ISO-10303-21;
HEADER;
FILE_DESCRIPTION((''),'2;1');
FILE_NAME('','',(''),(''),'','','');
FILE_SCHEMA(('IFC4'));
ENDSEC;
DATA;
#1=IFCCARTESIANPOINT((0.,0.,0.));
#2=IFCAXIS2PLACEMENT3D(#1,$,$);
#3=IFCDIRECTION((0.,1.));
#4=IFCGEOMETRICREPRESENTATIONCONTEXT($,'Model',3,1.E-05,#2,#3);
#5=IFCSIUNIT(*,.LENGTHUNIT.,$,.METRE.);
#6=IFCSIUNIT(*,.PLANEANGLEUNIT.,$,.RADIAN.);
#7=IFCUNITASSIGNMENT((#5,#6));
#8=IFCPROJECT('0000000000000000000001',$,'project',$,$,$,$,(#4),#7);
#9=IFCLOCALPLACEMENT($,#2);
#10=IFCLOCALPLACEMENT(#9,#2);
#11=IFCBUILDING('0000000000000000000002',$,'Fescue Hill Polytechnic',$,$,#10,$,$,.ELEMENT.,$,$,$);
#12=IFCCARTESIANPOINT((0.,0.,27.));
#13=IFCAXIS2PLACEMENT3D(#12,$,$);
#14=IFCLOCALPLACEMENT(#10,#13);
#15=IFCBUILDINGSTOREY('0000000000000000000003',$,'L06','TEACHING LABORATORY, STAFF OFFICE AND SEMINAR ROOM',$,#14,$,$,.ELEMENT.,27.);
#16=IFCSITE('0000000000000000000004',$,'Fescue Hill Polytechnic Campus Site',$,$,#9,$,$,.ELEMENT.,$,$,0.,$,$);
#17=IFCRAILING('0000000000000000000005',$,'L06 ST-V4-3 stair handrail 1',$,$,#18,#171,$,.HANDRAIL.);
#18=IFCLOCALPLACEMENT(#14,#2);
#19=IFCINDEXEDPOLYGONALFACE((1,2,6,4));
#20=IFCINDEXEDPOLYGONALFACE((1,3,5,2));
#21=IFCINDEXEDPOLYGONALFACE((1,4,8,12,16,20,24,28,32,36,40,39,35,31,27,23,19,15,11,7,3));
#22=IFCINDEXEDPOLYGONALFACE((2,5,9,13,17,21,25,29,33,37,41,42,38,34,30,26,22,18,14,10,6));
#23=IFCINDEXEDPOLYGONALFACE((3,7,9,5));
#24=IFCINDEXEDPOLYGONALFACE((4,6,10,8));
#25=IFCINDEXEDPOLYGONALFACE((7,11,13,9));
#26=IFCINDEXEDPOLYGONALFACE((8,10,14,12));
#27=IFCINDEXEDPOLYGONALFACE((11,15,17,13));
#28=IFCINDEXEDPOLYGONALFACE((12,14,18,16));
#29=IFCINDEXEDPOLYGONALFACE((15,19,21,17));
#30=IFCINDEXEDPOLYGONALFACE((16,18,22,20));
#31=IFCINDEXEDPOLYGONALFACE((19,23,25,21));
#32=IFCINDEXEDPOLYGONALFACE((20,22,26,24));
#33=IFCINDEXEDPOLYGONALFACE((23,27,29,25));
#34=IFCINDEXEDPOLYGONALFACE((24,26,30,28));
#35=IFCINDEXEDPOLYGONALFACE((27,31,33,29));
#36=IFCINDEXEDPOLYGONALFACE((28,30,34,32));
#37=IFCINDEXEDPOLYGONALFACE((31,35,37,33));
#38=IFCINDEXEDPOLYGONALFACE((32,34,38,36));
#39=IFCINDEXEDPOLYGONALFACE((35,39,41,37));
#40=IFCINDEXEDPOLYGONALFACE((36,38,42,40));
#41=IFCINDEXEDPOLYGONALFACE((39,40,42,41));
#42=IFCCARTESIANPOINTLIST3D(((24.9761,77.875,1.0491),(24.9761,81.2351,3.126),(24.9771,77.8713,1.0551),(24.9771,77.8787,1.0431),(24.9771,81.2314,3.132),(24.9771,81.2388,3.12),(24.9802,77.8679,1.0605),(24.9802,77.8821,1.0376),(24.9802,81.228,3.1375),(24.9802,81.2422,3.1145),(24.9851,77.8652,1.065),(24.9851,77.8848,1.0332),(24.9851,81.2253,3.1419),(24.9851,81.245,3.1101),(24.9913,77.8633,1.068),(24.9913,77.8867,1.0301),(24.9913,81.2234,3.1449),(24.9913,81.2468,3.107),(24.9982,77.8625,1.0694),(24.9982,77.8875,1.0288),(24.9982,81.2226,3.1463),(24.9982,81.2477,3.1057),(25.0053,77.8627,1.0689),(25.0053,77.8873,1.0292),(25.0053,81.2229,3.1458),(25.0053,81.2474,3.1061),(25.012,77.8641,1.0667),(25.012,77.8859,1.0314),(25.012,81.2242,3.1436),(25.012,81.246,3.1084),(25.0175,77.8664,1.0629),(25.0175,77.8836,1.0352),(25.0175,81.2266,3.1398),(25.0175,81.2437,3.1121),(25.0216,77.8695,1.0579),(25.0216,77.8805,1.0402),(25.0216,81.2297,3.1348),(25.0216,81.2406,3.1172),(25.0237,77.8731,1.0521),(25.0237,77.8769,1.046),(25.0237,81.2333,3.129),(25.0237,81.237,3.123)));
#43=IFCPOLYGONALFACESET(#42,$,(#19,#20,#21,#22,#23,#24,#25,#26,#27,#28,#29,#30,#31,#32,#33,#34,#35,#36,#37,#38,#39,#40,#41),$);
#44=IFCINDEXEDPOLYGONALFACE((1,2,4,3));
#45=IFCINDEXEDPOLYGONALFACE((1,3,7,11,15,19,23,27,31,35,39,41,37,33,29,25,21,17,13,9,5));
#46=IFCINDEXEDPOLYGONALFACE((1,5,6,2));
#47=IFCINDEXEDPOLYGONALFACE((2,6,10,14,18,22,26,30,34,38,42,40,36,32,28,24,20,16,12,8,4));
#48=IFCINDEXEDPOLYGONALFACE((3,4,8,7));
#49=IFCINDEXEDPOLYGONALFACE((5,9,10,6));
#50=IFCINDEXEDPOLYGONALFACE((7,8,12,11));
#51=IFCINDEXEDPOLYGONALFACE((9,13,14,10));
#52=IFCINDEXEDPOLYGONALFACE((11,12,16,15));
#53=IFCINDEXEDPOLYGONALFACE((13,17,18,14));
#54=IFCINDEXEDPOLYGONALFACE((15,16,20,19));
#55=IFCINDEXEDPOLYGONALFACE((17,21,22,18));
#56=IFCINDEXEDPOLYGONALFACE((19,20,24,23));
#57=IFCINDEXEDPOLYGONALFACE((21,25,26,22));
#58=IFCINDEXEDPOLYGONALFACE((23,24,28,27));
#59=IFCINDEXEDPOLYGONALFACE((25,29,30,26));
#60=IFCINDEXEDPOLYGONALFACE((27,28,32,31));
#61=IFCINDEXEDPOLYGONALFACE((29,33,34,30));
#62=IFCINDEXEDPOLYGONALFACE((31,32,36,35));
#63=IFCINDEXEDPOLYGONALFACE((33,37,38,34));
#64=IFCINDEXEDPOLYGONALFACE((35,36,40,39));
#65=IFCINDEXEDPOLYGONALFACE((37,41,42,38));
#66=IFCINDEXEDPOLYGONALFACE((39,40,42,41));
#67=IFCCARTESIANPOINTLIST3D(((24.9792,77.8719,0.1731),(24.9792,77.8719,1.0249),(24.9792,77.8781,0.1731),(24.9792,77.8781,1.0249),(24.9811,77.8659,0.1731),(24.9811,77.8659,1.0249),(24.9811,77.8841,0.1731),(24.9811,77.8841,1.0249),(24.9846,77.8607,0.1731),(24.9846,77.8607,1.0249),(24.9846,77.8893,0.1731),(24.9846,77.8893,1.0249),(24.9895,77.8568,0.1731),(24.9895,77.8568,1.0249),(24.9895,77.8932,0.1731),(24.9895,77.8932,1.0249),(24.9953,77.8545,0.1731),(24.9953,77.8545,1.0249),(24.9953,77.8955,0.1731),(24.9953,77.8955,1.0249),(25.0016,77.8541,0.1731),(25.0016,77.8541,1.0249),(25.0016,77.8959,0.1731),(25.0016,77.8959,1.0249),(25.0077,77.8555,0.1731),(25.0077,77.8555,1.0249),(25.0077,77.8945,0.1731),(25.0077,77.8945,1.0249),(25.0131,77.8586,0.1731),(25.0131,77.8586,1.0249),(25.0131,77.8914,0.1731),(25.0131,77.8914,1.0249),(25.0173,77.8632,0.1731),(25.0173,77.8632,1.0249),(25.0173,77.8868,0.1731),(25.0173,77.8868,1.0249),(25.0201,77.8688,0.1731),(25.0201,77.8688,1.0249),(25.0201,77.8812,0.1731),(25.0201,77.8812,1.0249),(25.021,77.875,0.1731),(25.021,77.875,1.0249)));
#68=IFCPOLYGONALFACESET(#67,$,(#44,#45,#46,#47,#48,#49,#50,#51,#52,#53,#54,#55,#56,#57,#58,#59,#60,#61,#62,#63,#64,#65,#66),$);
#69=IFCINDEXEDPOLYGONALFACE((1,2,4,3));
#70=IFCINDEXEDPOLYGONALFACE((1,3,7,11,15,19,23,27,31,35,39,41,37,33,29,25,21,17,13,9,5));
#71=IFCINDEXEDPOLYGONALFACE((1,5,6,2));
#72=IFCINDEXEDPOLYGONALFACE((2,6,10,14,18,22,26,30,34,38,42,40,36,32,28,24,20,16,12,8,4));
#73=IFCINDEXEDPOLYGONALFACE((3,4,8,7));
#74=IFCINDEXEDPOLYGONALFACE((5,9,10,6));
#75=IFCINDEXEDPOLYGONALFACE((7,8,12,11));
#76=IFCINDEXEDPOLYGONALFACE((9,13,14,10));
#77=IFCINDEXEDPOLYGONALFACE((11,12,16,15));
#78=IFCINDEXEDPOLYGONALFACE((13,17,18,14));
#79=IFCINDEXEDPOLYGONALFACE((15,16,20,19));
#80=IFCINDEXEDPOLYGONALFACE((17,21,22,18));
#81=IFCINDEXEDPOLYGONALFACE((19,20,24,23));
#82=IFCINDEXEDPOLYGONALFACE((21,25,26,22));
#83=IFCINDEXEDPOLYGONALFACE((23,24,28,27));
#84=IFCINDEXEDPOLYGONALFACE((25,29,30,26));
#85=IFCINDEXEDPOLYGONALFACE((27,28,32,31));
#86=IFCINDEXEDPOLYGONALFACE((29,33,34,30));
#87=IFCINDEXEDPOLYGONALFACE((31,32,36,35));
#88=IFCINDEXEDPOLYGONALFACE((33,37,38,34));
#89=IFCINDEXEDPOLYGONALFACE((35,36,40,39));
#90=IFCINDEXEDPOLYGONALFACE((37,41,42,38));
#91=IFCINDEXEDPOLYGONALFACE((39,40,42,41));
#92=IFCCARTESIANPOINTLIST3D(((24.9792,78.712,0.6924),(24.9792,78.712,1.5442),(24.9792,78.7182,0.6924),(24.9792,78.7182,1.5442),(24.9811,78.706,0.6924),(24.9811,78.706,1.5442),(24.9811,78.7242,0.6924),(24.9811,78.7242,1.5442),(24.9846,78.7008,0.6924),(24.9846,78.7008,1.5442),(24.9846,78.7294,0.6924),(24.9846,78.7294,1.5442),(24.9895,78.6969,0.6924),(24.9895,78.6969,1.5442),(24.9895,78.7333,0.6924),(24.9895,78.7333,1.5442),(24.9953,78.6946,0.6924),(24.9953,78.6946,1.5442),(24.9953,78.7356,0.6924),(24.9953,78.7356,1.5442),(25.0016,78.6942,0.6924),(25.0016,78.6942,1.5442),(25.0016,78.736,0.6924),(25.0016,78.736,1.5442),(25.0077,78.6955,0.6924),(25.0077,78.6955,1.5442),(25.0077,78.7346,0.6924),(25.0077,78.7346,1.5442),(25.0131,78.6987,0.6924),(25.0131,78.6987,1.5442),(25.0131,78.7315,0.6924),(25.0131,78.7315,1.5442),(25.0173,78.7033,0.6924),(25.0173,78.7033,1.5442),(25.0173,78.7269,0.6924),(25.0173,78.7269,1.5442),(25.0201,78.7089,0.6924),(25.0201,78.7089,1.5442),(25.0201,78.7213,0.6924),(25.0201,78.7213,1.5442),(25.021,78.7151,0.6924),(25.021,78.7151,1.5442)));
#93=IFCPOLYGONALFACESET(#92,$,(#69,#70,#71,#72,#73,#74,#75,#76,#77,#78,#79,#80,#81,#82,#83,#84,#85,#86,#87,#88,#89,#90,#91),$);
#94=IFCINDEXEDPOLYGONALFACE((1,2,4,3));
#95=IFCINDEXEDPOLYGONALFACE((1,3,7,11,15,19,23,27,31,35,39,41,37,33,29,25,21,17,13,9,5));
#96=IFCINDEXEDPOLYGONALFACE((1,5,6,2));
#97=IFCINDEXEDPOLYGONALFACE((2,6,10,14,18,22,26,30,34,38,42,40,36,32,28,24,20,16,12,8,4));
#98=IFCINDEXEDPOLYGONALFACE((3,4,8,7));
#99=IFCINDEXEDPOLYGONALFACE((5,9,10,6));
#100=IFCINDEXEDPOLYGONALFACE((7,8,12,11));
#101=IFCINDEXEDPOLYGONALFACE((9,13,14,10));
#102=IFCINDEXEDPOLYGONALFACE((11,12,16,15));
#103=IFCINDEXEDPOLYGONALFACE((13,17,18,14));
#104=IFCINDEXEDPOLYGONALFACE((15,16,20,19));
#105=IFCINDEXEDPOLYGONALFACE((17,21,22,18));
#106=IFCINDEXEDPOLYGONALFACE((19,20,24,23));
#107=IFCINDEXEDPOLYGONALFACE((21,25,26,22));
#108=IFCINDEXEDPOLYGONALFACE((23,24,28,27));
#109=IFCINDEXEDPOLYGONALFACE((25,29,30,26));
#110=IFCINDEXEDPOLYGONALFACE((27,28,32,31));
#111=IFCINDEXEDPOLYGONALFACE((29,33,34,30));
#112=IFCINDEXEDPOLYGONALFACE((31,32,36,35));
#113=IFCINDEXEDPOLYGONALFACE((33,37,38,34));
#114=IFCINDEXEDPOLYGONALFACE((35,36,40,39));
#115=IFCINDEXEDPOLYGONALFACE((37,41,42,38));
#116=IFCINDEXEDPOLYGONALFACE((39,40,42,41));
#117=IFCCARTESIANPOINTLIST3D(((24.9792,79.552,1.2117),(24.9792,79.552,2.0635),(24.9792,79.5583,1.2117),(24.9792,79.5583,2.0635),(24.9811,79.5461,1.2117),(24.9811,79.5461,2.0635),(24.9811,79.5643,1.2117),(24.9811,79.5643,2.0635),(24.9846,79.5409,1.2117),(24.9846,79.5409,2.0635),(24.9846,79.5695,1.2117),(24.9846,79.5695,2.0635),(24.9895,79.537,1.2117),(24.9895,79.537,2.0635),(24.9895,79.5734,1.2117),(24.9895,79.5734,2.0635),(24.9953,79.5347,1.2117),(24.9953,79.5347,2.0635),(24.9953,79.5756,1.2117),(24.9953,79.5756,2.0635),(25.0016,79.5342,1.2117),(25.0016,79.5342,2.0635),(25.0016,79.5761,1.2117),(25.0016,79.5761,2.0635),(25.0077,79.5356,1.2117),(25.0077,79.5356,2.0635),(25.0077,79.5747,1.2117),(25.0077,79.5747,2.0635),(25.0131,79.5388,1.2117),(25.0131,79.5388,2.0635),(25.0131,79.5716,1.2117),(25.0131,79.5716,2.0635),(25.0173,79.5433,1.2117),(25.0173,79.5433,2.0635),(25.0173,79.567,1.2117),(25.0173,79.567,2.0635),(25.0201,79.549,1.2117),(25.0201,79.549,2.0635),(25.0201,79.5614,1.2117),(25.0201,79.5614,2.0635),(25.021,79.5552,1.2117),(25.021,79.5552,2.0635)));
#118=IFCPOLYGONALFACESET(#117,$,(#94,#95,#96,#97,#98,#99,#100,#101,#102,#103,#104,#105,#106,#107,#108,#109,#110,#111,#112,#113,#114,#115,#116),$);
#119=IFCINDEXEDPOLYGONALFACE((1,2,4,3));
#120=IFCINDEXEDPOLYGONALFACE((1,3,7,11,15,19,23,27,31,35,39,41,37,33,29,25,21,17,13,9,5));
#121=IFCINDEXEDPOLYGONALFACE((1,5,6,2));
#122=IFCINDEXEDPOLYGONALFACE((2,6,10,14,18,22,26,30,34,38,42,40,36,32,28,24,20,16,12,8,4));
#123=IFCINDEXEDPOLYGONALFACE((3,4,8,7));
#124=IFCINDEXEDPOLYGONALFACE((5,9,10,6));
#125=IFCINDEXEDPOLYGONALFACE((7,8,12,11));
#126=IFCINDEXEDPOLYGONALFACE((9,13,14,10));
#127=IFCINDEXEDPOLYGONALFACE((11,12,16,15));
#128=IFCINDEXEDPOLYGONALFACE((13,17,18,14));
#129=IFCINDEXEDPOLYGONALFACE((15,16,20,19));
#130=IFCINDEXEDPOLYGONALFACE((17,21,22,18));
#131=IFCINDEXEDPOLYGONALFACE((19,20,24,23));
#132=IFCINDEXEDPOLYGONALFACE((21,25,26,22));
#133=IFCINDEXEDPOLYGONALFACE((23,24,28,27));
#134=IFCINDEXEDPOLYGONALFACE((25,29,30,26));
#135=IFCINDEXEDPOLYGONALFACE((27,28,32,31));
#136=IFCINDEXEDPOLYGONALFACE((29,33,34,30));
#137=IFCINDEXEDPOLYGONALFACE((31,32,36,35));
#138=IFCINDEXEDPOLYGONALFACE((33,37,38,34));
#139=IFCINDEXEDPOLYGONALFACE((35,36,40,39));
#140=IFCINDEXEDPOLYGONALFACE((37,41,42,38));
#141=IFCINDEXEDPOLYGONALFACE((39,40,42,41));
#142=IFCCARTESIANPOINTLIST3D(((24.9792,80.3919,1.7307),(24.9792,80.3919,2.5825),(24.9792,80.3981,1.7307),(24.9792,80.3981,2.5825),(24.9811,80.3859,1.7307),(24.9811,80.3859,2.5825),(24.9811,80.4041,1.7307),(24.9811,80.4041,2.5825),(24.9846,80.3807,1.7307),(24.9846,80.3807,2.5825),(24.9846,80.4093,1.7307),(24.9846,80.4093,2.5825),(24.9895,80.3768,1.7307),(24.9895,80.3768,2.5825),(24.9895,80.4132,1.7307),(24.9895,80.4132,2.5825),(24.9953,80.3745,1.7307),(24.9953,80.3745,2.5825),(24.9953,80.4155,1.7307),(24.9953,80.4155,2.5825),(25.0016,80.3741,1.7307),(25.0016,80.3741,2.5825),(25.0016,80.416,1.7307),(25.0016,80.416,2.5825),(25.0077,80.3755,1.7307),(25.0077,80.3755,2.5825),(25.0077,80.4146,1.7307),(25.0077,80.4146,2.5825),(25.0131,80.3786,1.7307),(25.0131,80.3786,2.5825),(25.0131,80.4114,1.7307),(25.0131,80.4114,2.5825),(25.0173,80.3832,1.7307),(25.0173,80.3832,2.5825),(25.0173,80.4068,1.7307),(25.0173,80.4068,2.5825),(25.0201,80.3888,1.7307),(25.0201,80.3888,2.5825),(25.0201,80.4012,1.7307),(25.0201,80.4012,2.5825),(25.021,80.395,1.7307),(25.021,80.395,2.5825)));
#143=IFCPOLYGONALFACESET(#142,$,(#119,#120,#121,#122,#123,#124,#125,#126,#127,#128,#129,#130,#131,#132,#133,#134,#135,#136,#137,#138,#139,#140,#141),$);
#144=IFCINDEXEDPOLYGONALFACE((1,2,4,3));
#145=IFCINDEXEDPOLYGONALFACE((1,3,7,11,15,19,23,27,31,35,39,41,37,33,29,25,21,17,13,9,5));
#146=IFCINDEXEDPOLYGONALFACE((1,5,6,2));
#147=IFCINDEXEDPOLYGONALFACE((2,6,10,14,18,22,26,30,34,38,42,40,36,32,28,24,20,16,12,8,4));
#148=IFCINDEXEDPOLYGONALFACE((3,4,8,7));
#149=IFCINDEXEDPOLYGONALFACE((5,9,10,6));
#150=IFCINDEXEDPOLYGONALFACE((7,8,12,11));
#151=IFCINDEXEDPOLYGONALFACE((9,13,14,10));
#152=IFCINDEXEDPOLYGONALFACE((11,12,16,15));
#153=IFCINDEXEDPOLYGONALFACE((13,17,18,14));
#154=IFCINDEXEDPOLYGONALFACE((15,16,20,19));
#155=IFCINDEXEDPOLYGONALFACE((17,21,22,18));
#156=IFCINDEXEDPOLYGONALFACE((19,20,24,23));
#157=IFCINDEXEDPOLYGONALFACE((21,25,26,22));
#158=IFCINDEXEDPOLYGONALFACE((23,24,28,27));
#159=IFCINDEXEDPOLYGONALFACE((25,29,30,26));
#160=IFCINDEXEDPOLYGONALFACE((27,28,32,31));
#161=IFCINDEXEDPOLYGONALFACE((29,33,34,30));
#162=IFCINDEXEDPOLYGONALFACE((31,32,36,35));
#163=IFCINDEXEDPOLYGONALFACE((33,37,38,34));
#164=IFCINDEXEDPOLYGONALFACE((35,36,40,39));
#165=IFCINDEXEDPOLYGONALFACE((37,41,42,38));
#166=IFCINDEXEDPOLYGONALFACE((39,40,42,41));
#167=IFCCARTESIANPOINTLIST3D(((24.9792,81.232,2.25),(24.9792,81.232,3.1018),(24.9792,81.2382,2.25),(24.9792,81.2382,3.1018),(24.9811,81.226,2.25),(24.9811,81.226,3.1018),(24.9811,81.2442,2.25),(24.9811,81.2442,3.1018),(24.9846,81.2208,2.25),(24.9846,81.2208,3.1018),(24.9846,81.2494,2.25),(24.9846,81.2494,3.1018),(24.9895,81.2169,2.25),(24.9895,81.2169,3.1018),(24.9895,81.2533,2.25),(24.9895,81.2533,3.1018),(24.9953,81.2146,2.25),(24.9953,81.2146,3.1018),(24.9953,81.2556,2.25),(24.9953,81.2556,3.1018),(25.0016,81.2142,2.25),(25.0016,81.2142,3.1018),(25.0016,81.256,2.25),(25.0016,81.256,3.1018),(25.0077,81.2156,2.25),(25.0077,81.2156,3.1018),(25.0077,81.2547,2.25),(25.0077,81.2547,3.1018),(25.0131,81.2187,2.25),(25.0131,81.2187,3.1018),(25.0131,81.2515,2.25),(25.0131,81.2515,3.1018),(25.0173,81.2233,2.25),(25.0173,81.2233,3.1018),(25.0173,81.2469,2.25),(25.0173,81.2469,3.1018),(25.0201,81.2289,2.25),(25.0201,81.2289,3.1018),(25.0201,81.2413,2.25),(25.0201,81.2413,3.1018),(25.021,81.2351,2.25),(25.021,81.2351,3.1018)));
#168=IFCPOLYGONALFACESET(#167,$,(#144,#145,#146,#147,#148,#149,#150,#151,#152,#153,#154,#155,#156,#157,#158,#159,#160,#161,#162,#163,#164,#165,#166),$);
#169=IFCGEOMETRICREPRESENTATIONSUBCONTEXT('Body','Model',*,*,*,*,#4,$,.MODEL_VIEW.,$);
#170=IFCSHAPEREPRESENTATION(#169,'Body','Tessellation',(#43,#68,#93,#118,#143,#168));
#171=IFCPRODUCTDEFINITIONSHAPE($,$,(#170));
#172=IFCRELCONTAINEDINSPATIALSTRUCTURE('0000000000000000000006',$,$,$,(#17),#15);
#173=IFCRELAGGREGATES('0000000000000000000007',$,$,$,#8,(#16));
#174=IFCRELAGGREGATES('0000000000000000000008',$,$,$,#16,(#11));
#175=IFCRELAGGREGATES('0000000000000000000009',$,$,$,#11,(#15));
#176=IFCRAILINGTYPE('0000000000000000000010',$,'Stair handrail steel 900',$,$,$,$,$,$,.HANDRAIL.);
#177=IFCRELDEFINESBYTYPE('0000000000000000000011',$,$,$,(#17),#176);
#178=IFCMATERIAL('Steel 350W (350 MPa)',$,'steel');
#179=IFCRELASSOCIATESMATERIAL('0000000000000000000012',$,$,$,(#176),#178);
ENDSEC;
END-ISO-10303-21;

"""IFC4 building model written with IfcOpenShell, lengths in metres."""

from ifc_helpers import new_model, si_unit, direction, frame, origin, origin_2d, place, context, subcontext, project, spatial, circle, extrude, material, type_object, element, save


model = new_model("IFC4")

# Units and contexts
model_context = context("Model", 3, precision=1e-05, world=origin(), true_north=direction((0.0, 1.0)))
body_context = subcontext(model_context, "Body", "Model", "MODEL_VIEW")
ifc_project = project(units=[si_unit("LENGTHUNIT", "METRE"), si_unit("PLANEANGLEUNIT", "RADIAN")], contexts=[model_context])

# Site, building, storey
site_placement = place(None, origin())
site = spatial("IfcSite", under=ifc_project, at=site_placement, Name="Fescue Hill Polytechnic Campus Site", CompositionType="ELEMENT", RefElevation=0.0)
building_placement = place(site_placement, origin())
building = spatial("IfcBuilding", under=site, at=building_placement, Name="Fescue Hill Polytechnic", CompositionType="ELEMENT")
storey_placement = place(building_placement, frame((0.0, 0.0, 27.0)))
storey = spatial("IfcBuildingStorey", under=building, at=storey_placement, Name="L06", Description="TEACHING LABORATORY, STAFF OFFICE AND SEMINAR ROOM", CompositionType="ELEMENT", Elevation=27.0)

# Railing
ifc_material_1 = material(Name="Steel 350W (350 MPa)", Category="steel")
railing_type_1 = type_object("IfcRailingType", Name="Stair handrail steel 900", PredefinedType="HANDRAIL", material=ifc_material_1)
railing_1_placement = place(storey_placement, frame((25.0, 77.875, 0.1731)))
element("IfcRailing", 1, at=railing_1_placement, inside=storey, type_object=railing_type_1, Name="L06 ST-V4-3 stair handrail 1", PredefinedType="HANDRAIL", context=body_context, shape_type="SweptSolid", body=[
    extrude(circle(Radius=0.0239, at=origin_2d()), frame((0.0, 0.0, 0.876), z_axis=(0.0, 0.850623, 0.525776), x_axis=(-1.0, 0.0, 0.0)), (0.0, 0.0, 1.0), 3.9502),
    extrude(circle(Radius=0.021, at=origin_2d()), origin(), (0.0, 0.0, 1.0), 0.8518),
    extrude(circle(Radius=0.021, at=origin_2d()), frame((0.0, 0.8401, 0.5193)), (0.0, 0.0, 1.0), 0.8518),
    extrude(circle(Radius=0.021, at=origin_2d()), frame((0.0, 1.6802, 1.0386)), (0.0, 0.0, 1.0), 0.8518),
    extrude(circle(Radius=0.021, at=origin_2d()), frame((0.0, 2.52, 1.5576)), (0.0, 0.0, 1.0), 0.8518),
    extrude(circle(Radius=0.021, at=origin_2d()), frame((0.0, 3.3601, 2.0769)), (0.0, 0.0, 1.0), 0.8518),
])

save(model, "model.ifc")
